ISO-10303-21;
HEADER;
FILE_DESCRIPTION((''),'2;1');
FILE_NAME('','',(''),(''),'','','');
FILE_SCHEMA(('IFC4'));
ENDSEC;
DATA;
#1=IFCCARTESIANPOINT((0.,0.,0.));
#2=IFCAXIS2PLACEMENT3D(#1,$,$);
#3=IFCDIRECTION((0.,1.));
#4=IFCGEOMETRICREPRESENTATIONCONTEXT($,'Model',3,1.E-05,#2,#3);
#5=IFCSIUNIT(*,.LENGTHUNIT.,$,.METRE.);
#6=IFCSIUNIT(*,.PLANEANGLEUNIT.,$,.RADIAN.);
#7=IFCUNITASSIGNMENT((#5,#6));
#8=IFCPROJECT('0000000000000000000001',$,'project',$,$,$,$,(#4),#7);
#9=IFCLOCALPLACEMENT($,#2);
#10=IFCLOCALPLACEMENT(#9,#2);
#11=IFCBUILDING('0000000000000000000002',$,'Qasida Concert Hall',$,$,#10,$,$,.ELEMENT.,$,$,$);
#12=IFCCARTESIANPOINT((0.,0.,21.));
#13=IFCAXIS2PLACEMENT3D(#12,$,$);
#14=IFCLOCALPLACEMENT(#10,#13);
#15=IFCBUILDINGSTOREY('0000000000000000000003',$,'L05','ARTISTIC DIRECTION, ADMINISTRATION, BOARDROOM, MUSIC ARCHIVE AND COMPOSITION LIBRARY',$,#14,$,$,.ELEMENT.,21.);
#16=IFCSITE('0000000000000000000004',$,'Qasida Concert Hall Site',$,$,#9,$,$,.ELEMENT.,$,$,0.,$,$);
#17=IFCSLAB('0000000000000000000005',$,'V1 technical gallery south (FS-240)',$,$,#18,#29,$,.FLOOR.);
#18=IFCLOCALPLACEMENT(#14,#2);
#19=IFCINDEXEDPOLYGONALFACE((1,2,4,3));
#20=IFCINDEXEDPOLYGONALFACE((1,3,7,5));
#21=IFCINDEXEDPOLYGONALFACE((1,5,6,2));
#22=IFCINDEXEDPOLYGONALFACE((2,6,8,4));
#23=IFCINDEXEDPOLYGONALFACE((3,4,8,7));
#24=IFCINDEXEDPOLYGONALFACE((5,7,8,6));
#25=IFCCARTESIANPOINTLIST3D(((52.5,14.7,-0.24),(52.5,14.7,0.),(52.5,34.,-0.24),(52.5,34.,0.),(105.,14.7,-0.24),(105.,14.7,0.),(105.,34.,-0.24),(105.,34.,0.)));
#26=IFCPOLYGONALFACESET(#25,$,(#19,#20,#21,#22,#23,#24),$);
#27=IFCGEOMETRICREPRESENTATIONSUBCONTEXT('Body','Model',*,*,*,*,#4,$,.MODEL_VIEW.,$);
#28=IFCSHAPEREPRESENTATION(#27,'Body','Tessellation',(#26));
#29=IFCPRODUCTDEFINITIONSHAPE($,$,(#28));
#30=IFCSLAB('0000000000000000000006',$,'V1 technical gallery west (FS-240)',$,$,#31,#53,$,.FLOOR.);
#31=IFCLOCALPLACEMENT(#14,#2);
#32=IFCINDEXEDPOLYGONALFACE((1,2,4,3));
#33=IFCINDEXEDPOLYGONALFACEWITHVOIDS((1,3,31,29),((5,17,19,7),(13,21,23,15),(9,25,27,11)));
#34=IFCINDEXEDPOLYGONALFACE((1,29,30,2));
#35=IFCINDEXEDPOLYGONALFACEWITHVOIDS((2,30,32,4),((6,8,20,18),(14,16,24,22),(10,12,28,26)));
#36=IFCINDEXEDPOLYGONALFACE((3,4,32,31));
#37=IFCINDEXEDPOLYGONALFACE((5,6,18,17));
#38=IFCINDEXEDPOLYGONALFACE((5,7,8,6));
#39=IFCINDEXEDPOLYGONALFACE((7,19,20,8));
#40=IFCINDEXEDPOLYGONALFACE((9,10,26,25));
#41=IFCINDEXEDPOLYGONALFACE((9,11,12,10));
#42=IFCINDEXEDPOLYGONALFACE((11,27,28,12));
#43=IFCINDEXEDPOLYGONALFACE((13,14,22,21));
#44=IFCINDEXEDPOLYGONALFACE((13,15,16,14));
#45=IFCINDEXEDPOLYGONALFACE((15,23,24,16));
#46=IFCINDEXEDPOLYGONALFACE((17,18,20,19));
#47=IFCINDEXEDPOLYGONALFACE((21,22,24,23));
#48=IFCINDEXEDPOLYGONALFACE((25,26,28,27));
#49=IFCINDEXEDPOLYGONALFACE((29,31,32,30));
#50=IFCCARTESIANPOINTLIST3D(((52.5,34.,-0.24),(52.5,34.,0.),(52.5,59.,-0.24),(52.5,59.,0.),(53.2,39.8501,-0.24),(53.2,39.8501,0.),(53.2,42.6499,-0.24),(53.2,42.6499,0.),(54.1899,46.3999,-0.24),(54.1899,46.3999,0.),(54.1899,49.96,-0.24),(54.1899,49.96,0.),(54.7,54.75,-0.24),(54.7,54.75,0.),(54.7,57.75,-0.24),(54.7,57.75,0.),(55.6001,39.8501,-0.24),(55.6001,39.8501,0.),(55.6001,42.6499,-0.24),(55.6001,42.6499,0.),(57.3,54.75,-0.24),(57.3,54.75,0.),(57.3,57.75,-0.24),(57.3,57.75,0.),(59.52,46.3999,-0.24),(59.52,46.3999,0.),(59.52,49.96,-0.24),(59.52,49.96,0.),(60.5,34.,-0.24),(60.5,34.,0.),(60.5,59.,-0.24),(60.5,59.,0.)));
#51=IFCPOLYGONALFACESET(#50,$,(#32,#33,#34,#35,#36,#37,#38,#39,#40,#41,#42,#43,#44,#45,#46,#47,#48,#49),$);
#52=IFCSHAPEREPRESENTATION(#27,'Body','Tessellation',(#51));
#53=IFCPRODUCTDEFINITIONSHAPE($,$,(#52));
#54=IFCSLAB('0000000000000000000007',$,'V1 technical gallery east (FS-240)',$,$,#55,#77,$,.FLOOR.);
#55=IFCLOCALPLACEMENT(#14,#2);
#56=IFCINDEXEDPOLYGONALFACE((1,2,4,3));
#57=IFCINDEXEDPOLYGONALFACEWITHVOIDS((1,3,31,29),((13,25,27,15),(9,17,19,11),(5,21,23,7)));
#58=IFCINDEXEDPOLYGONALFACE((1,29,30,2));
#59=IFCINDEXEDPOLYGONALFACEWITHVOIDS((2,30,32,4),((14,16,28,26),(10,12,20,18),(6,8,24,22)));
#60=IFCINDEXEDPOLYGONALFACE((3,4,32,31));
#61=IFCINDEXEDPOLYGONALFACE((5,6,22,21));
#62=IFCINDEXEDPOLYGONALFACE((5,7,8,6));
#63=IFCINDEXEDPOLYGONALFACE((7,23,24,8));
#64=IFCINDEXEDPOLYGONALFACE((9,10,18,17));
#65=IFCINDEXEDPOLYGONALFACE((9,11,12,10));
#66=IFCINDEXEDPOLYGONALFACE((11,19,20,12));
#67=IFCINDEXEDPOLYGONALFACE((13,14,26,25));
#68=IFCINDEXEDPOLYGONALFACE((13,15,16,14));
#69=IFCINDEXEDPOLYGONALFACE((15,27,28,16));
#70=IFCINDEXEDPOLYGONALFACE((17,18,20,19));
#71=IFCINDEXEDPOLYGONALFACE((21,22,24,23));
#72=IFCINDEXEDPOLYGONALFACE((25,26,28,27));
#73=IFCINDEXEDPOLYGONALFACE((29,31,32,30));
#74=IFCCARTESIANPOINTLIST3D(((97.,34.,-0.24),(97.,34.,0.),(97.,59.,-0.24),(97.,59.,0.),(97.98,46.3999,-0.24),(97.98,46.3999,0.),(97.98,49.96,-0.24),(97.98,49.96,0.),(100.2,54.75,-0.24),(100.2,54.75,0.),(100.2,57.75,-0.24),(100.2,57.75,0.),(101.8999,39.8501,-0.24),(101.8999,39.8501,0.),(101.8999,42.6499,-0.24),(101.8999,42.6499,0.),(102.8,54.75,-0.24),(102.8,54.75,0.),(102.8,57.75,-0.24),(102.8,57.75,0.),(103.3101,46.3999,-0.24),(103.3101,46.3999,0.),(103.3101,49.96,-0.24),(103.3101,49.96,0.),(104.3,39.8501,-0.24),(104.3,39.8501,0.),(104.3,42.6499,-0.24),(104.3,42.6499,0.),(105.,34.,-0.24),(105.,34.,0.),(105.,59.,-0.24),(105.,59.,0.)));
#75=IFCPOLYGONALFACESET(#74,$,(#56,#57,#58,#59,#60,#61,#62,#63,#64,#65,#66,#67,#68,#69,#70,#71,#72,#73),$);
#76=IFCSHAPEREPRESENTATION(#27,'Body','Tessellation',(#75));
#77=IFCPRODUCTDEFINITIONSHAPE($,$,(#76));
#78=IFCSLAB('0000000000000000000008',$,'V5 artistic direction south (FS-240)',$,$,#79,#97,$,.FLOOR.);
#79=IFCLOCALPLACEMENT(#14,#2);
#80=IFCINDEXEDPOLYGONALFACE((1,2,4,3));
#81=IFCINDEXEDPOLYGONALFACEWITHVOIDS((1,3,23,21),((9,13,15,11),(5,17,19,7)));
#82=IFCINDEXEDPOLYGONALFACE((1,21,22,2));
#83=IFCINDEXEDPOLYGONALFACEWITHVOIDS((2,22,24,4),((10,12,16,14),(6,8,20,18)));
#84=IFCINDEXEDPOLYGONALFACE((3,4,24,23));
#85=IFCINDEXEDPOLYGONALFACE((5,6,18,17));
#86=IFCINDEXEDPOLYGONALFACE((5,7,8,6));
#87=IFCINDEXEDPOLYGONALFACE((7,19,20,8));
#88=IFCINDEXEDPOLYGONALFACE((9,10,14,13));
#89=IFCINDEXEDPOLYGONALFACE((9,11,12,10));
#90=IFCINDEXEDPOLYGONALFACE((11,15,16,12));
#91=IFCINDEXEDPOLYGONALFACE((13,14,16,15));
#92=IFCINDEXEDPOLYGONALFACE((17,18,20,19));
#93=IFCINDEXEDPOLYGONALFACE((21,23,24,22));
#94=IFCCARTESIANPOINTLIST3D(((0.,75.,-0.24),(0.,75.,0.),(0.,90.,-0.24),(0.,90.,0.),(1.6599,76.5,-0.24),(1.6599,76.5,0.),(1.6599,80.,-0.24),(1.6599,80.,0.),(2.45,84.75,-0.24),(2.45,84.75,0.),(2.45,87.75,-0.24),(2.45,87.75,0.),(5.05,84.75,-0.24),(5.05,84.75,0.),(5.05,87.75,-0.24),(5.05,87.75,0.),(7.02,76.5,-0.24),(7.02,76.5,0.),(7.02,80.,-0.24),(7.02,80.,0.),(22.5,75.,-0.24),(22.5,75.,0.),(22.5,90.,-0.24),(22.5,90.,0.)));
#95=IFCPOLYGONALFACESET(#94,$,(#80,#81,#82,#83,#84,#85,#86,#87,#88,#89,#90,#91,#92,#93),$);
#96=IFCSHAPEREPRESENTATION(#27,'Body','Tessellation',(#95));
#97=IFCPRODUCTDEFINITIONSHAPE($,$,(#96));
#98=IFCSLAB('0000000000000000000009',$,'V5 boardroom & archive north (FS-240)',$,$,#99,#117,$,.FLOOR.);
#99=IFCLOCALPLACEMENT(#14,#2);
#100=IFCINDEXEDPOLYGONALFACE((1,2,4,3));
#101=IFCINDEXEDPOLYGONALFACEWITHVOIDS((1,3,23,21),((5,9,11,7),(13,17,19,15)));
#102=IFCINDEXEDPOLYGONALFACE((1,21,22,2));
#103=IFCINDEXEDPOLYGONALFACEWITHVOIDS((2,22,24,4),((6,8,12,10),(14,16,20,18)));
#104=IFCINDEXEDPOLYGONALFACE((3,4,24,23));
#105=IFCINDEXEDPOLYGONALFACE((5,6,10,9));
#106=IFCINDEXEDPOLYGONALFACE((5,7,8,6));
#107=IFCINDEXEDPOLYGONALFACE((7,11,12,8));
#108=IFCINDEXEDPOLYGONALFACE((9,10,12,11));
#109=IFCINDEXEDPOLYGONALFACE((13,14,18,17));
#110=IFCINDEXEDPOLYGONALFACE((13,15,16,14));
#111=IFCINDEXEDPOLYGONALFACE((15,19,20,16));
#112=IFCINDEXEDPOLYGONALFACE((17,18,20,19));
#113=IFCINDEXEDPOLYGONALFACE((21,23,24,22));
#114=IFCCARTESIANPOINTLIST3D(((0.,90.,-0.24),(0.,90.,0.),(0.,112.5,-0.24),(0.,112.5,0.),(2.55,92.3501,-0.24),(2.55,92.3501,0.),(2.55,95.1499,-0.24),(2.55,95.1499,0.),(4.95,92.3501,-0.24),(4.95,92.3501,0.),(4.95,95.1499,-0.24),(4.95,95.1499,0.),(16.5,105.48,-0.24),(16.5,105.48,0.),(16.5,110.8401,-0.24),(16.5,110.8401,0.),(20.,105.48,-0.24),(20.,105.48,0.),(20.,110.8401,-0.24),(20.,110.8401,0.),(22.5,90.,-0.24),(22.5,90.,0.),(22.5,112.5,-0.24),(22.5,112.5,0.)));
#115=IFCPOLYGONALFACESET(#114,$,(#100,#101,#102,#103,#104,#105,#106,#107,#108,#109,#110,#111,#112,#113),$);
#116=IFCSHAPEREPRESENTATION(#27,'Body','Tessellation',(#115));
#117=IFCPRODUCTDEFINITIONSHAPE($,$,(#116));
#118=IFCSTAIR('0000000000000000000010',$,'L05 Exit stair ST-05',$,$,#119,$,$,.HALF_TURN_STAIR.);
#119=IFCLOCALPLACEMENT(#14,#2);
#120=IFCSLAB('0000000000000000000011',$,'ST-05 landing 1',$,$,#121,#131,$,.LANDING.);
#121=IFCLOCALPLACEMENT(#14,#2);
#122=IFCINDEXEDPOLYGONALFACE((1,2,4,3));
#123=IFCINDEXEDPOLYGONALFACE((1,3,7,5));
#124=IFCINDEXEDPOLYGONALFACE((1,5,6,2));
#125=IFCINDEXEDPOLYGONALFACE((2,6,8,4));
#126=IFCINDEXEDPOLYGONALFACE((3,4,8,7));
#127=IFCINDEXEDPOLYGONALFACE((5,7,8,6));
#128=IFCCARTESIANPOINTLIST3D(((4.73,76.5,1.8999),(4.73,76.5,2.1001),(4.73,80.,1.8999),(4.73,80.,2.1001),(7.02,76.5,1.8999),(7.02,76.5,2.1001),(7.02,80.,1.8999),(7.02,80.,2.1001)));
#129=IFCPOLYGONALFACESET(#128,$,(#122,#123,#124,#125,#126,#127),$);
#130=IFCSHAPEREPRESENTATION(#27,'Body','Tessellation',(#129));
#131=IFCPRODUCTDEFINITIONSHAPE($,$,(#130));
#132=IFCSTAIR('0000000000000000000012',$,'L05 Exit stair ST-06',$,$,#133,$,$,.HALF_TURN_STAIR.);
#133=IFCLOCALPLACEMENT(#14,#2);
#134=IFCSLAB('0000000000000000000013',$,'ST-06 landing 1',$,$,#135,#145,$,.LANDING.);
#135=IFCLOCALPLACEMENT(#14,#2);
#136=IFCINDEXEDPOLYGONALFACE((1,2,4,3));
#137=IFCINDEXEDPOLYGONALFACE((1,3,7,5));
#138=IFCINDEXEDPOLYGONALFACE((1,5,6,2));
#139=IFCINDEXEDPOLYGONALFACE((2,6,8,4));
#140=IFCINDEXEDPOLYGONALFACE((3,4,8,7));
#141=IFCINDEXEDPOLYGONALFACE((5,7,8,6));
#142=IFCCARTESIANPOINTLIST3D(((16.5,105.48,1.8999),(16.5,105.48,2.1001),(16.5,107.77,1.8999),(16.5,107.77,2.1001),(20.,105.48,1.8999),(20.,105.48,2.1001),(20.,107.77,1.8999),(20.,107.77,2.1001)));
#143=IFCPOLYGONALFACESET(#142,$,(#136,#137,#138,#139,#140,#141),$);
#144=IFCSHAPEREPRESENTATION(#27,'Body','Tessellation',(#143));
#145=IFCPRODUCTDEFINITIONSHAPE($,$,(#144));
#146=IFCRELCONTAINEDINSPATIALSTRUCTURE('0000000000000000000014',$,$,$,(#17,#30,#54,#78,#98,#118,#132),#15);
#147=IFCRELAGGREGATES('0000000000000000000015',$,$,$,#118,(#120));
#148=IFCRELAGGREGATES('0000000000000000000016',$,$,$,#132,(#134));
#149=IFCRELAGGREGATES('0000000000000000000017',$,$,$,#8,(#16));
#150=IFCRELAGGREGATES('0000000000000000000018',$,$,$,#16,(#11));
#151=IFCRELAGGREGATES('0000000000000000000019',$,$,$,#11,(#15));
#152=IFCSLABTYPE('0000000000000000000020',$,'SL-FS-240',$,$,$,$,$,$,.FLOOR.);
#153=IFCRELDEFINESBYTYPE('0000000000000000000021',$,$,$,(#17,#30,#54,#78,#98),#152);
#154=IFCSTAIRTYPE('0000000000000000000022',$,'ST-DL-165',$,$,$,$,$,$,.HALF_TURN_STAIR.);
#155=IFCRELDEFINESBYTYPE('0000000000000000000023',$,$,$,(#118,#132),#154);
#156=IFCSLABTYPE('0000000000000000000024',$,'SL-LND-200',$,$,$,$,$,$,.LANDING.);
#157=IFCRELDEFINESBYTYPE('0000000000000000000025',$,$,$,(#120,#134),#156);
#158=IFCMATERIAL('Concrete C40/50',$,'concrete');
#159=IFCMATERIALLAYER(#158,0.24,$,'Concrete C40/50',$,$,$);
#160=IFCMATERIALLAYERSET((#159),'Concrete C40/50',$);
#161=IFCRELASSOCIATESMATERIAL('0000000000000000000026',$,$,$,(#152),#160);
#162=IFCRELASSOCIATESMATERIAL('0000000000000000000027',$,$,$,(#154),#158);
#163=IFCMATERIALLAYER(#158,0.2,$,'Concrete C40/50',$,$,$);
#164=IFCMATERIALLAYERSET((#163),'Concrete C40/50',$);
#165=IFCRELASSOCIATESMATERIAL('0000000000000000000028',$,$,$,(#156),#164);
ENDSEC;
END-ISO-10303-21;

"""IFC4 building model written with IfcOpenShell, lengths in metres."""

from ifc_helpers import new_model, si_unit, direction, frame, origin, place, context, subcontext, project, spatial, polyline, outline, extrude, material, layer, layer_set, type_object, element, aggregate, save


model = new_model("IFC4")

# Units and contexts
model_context = context("Model", 3, precision=1e-05, world=origin(), true_north=direction((0.0, 1.0)))
body_context = subcontext(model_context, "Body", "Model", "MODEL_VIEW")
ifc_project = project(units=[si_unit("LENGTHUNIT", "METRE"), si_unit("PLANEANGLEUNIT", "RADIAN")], contexts=[model_context])

# Site, building, storey
site_placement = place(None, origin())
site = spatial("IfcSite", under=ifc_project, at=site_placement, Name="Qasida Concert Hall Site", CompositionType="ELEMENT", RefElevation=0.0)
building_placement = place(site_placement, origin())
building = spatial("IfcBuilding", under=site, at=building_placement, Name="Qasida Concert Hall", CompositionType="ELEMENT")
storey_placement = place(building_placement, frame((0.0, 0.0, 21.0)))
storey = spatial("IfcBuildingStorey", under=building, at=storey_placement, Name="L05", Description="ARTISTIC DIRECTION, ADMINISTRATION, BOARDROOM, MUSIC ARCHIVE AND COMPOSITION LIBRARY", CompositionType="ELEMENT", Elevation=21.0)

# Slabs
ifc_material_1 = material(Name="Concrete C40/50", Category="concrete")
ifc_layer_1 = layer(ifc_material_1, 0.24, Name="Concrete C40/50")
ifc_layer_set_1 = layer_set([ifc_layer_1], Name="Concrete C40/50")
slab_type_1 = type_object("IfcSlabType", Name="SL-FS-240", PredefinedType="FLOOR", material=ifc_layer_set_1)
slab_1_placement = place(storey_placement, frame((0.0, 0.0, -0.24)))
element("IfcSlab", 1, at=slab_1_placement, inside=storey, type_object=slab_type_1, Name="V1 technical gallery south (FS-240)", PredefinedType="FLOOR", context=body_context, shape_type="SweptSolid", body=[
    extrude(outline(polyline([(52.5, 14.7), (105.0, 14.7), (105.0, 34.0), (52.5, 34.0), (52.5, 14.7)])), origin(), (0.0, 0.0, 1.0), 0.24),
])
slab_2_placement = place(storey_placement, frame((0.0, 0.0, -0.24)))
element("IfcSlab", 2, at=slab_2_placement, inside=storey, type_object=slab_type_1, Name="V1 technical gallery west (FS-240)", PredefinedType="FLOOR", context=body_context, shape_type="SweptSolid", body=[
    extrude(outline(polyline([(52.5, 34.0), (60.5, 34.0), (60.5, 59.0), (52.5, 59.0), (52.5, 34.0)]), holes=[polyline([(53.2, 39.8501), (55.6001, 39.8501), (55.6001, 42.6499), (53.2, 42.6499), (53.2, 39.8501)]), polyline([(54.1899, 46.3999), (59.52, 46.3999), (59.52, 49.96), (54.1899, 49.96), (54.1899, 46.3999)]), polyline([(54.7, 54.75), (57.3, 54.75), (57.3, 57.75), (54.7, 57.75), (54.7, 54.75)])]), origin(), (0.0, 0.0, 1.0), 0.24),
])
slab_3_placement = place(storey_placement, frame((0.0, 0.0, -0.24)))
element("IfcSlab", 3, at=slab_3_placement, inside=storey, type_object=slab_type_1, Name="V1 technical gallery east (FS-240)", PredefinedType="FLOOR", context=body_context, shape_type="SweptSolid", body=[
    extrude(outline(polyline([(97.0, 34.0), (105.0, 34.0), (105.0, 59.0), (97.0, 59.0), (97.0, 34.0)]), holes=[polyline([(101.8999, 39.8501), (104.3, 39.8501), (104.3, 42.6499), (101.8999, 42.6499), (101.8999, 39.8501)]), polyline([(97.98, 46.3999), (103.3101, 46.3999), (103.3101, 49.96), (97.98, 49.96), (97.98, 46.3999)]), polyline([(100.2, 54.75), (102.8, 54.75), (102.8, 57.75), (100.2, 57.75), (100.2, 54.75)])]), origin(), (0.0, 0.0, 1.0), 0.24),
])
slab_4_placement = place(storey_placement, frame((0.0, 0.0, -0.24)))
element("IfcSlab", 4, at=slab_4_placement, inside=storey, type_object=slab_type_1, Name="V5 artistic direction south (FS-240)", PredefinedType="FLOOR", context=body_context, shape_type="SweptSolid", body=[
    extrude(outline(polyline([(0.0, 75.0), (22.5, 75.0), (22.5, 90.0), (0.0, 90.0), (0.0, 75.0)]), holes=[polyline([(1.6599, 76.5), (7.02, 76.5), (7.02, 80.0), (1.6599, 80.0), (1.6599, 76.5)]), polyline([(2.45, 84.75), (5.05, 84.75), (5.05, 87.75), (2.45, 87.75), (2.45, 84.75)])]), origin(), (0.0, 0.0, 1.0), 0.24),
])
slab_5_placement = place(storey_placement, frame((0.0, 0.0, -0.24)))
element("IfcSlab", 5, at=slab_5_placement, inside=storey, type_object=slab_type_1, Name="V5 boardroom & archive north (FS-240)", PredefinedType="FLOOR", context=body_context, shape_type="SweptSolid", body=[
    extrude(outline(polyline([(0.0, 90.0), (22.5, 90.0), (22.5, 112.5), (0.0, 112.5), (0.0, 90.0)]), holes=[polyline([(2.55, 92.3501), (4.95, 92.3501), (4.95, 95.1499), (2.55, 95.1499), (2.55, 92.3501)]), polyline([(16.5, 105.48), (20.0, 105.48), (20.0, 110.8401), (16.5, 110.8401), (16.5, 105.48)])]), origin(), (0.0, 0.0, 1.0), 0.24),
])

# Stairs, slabs
stair_type = type_object("IfcStairType", Name="ST-DL-165", PredefinedType="HALF_TURN_STAIR", material=ifc_material_1)
stair_1_placement = place(storey_placement, origin())
stair_1 = element("IfcStair", 6, at=stair_1_placement, inside=storey, type_object=stair_type, Name="L05 Exit stair ST-05", PredefinedType="HALF_TURN_STAIR")
ifc_layer_2 = layer(ifc_material_1, 0.2, Name="Concrete C40/50")
ifc_layer_set_2 = layer_set([ifc_layer_2], Name="Concrete C40/50")
slab_type_2 = type_object("IfcSlabType", Name="SL-LND-200", PredefinedType="LANDING", material=ifc_layer_set_2)
slab_6_placement = place(storey_placement, frame((0.0, 0.0, 1.8999)))
slab_6 = element("IfcSlab", 7, at=slab_6_placement, type_object=slab_type_2, Name="ST-05 landing 1", PredefinedType="LANDING", context=body_context, shape_type="SweptSolid", body=[
    extrude(outline(polyline([(4.73, 76.5), (7.02, 76.5), (7.02, 80.0), (4.73, 80.0), (4.73, 76.5)])), origin(), (0.0, 0.0, 1.0), 0.2002),
])
aggregate(stair_1, [slab_6])
stair_2_placement = place(storey_placement, origin())
stair_2 = element("IfcStair", 8, at=stair_2_placement, inside=storey, type_object=stair_type, Name="L05 Exit stair ST-06", PredefinedType="HALF_TURN_STAIR")
slab_7_placement = place(storey_placement, frame((0.0, 0.0, 1.8999)))
slab_7 = element("IfcSlab", 9, at=slab_7_placement, type_object=slab_type_2, Name="ST-06 landing 1", PredefinedType="LANDING", context=body_context, shape_type="SweptSolid", body=[
    extrude(outline(polyline([(16.5, 107.77), (16.5, 105.48), (20.0, 105.48), (20.0, 107.77), (16.5, 107.77)])), origin(), (0.0, 0.0, 1.0), 0.2002),
])
aggregate(stair_2, [slab_7])

save(model, "model.ifc")
